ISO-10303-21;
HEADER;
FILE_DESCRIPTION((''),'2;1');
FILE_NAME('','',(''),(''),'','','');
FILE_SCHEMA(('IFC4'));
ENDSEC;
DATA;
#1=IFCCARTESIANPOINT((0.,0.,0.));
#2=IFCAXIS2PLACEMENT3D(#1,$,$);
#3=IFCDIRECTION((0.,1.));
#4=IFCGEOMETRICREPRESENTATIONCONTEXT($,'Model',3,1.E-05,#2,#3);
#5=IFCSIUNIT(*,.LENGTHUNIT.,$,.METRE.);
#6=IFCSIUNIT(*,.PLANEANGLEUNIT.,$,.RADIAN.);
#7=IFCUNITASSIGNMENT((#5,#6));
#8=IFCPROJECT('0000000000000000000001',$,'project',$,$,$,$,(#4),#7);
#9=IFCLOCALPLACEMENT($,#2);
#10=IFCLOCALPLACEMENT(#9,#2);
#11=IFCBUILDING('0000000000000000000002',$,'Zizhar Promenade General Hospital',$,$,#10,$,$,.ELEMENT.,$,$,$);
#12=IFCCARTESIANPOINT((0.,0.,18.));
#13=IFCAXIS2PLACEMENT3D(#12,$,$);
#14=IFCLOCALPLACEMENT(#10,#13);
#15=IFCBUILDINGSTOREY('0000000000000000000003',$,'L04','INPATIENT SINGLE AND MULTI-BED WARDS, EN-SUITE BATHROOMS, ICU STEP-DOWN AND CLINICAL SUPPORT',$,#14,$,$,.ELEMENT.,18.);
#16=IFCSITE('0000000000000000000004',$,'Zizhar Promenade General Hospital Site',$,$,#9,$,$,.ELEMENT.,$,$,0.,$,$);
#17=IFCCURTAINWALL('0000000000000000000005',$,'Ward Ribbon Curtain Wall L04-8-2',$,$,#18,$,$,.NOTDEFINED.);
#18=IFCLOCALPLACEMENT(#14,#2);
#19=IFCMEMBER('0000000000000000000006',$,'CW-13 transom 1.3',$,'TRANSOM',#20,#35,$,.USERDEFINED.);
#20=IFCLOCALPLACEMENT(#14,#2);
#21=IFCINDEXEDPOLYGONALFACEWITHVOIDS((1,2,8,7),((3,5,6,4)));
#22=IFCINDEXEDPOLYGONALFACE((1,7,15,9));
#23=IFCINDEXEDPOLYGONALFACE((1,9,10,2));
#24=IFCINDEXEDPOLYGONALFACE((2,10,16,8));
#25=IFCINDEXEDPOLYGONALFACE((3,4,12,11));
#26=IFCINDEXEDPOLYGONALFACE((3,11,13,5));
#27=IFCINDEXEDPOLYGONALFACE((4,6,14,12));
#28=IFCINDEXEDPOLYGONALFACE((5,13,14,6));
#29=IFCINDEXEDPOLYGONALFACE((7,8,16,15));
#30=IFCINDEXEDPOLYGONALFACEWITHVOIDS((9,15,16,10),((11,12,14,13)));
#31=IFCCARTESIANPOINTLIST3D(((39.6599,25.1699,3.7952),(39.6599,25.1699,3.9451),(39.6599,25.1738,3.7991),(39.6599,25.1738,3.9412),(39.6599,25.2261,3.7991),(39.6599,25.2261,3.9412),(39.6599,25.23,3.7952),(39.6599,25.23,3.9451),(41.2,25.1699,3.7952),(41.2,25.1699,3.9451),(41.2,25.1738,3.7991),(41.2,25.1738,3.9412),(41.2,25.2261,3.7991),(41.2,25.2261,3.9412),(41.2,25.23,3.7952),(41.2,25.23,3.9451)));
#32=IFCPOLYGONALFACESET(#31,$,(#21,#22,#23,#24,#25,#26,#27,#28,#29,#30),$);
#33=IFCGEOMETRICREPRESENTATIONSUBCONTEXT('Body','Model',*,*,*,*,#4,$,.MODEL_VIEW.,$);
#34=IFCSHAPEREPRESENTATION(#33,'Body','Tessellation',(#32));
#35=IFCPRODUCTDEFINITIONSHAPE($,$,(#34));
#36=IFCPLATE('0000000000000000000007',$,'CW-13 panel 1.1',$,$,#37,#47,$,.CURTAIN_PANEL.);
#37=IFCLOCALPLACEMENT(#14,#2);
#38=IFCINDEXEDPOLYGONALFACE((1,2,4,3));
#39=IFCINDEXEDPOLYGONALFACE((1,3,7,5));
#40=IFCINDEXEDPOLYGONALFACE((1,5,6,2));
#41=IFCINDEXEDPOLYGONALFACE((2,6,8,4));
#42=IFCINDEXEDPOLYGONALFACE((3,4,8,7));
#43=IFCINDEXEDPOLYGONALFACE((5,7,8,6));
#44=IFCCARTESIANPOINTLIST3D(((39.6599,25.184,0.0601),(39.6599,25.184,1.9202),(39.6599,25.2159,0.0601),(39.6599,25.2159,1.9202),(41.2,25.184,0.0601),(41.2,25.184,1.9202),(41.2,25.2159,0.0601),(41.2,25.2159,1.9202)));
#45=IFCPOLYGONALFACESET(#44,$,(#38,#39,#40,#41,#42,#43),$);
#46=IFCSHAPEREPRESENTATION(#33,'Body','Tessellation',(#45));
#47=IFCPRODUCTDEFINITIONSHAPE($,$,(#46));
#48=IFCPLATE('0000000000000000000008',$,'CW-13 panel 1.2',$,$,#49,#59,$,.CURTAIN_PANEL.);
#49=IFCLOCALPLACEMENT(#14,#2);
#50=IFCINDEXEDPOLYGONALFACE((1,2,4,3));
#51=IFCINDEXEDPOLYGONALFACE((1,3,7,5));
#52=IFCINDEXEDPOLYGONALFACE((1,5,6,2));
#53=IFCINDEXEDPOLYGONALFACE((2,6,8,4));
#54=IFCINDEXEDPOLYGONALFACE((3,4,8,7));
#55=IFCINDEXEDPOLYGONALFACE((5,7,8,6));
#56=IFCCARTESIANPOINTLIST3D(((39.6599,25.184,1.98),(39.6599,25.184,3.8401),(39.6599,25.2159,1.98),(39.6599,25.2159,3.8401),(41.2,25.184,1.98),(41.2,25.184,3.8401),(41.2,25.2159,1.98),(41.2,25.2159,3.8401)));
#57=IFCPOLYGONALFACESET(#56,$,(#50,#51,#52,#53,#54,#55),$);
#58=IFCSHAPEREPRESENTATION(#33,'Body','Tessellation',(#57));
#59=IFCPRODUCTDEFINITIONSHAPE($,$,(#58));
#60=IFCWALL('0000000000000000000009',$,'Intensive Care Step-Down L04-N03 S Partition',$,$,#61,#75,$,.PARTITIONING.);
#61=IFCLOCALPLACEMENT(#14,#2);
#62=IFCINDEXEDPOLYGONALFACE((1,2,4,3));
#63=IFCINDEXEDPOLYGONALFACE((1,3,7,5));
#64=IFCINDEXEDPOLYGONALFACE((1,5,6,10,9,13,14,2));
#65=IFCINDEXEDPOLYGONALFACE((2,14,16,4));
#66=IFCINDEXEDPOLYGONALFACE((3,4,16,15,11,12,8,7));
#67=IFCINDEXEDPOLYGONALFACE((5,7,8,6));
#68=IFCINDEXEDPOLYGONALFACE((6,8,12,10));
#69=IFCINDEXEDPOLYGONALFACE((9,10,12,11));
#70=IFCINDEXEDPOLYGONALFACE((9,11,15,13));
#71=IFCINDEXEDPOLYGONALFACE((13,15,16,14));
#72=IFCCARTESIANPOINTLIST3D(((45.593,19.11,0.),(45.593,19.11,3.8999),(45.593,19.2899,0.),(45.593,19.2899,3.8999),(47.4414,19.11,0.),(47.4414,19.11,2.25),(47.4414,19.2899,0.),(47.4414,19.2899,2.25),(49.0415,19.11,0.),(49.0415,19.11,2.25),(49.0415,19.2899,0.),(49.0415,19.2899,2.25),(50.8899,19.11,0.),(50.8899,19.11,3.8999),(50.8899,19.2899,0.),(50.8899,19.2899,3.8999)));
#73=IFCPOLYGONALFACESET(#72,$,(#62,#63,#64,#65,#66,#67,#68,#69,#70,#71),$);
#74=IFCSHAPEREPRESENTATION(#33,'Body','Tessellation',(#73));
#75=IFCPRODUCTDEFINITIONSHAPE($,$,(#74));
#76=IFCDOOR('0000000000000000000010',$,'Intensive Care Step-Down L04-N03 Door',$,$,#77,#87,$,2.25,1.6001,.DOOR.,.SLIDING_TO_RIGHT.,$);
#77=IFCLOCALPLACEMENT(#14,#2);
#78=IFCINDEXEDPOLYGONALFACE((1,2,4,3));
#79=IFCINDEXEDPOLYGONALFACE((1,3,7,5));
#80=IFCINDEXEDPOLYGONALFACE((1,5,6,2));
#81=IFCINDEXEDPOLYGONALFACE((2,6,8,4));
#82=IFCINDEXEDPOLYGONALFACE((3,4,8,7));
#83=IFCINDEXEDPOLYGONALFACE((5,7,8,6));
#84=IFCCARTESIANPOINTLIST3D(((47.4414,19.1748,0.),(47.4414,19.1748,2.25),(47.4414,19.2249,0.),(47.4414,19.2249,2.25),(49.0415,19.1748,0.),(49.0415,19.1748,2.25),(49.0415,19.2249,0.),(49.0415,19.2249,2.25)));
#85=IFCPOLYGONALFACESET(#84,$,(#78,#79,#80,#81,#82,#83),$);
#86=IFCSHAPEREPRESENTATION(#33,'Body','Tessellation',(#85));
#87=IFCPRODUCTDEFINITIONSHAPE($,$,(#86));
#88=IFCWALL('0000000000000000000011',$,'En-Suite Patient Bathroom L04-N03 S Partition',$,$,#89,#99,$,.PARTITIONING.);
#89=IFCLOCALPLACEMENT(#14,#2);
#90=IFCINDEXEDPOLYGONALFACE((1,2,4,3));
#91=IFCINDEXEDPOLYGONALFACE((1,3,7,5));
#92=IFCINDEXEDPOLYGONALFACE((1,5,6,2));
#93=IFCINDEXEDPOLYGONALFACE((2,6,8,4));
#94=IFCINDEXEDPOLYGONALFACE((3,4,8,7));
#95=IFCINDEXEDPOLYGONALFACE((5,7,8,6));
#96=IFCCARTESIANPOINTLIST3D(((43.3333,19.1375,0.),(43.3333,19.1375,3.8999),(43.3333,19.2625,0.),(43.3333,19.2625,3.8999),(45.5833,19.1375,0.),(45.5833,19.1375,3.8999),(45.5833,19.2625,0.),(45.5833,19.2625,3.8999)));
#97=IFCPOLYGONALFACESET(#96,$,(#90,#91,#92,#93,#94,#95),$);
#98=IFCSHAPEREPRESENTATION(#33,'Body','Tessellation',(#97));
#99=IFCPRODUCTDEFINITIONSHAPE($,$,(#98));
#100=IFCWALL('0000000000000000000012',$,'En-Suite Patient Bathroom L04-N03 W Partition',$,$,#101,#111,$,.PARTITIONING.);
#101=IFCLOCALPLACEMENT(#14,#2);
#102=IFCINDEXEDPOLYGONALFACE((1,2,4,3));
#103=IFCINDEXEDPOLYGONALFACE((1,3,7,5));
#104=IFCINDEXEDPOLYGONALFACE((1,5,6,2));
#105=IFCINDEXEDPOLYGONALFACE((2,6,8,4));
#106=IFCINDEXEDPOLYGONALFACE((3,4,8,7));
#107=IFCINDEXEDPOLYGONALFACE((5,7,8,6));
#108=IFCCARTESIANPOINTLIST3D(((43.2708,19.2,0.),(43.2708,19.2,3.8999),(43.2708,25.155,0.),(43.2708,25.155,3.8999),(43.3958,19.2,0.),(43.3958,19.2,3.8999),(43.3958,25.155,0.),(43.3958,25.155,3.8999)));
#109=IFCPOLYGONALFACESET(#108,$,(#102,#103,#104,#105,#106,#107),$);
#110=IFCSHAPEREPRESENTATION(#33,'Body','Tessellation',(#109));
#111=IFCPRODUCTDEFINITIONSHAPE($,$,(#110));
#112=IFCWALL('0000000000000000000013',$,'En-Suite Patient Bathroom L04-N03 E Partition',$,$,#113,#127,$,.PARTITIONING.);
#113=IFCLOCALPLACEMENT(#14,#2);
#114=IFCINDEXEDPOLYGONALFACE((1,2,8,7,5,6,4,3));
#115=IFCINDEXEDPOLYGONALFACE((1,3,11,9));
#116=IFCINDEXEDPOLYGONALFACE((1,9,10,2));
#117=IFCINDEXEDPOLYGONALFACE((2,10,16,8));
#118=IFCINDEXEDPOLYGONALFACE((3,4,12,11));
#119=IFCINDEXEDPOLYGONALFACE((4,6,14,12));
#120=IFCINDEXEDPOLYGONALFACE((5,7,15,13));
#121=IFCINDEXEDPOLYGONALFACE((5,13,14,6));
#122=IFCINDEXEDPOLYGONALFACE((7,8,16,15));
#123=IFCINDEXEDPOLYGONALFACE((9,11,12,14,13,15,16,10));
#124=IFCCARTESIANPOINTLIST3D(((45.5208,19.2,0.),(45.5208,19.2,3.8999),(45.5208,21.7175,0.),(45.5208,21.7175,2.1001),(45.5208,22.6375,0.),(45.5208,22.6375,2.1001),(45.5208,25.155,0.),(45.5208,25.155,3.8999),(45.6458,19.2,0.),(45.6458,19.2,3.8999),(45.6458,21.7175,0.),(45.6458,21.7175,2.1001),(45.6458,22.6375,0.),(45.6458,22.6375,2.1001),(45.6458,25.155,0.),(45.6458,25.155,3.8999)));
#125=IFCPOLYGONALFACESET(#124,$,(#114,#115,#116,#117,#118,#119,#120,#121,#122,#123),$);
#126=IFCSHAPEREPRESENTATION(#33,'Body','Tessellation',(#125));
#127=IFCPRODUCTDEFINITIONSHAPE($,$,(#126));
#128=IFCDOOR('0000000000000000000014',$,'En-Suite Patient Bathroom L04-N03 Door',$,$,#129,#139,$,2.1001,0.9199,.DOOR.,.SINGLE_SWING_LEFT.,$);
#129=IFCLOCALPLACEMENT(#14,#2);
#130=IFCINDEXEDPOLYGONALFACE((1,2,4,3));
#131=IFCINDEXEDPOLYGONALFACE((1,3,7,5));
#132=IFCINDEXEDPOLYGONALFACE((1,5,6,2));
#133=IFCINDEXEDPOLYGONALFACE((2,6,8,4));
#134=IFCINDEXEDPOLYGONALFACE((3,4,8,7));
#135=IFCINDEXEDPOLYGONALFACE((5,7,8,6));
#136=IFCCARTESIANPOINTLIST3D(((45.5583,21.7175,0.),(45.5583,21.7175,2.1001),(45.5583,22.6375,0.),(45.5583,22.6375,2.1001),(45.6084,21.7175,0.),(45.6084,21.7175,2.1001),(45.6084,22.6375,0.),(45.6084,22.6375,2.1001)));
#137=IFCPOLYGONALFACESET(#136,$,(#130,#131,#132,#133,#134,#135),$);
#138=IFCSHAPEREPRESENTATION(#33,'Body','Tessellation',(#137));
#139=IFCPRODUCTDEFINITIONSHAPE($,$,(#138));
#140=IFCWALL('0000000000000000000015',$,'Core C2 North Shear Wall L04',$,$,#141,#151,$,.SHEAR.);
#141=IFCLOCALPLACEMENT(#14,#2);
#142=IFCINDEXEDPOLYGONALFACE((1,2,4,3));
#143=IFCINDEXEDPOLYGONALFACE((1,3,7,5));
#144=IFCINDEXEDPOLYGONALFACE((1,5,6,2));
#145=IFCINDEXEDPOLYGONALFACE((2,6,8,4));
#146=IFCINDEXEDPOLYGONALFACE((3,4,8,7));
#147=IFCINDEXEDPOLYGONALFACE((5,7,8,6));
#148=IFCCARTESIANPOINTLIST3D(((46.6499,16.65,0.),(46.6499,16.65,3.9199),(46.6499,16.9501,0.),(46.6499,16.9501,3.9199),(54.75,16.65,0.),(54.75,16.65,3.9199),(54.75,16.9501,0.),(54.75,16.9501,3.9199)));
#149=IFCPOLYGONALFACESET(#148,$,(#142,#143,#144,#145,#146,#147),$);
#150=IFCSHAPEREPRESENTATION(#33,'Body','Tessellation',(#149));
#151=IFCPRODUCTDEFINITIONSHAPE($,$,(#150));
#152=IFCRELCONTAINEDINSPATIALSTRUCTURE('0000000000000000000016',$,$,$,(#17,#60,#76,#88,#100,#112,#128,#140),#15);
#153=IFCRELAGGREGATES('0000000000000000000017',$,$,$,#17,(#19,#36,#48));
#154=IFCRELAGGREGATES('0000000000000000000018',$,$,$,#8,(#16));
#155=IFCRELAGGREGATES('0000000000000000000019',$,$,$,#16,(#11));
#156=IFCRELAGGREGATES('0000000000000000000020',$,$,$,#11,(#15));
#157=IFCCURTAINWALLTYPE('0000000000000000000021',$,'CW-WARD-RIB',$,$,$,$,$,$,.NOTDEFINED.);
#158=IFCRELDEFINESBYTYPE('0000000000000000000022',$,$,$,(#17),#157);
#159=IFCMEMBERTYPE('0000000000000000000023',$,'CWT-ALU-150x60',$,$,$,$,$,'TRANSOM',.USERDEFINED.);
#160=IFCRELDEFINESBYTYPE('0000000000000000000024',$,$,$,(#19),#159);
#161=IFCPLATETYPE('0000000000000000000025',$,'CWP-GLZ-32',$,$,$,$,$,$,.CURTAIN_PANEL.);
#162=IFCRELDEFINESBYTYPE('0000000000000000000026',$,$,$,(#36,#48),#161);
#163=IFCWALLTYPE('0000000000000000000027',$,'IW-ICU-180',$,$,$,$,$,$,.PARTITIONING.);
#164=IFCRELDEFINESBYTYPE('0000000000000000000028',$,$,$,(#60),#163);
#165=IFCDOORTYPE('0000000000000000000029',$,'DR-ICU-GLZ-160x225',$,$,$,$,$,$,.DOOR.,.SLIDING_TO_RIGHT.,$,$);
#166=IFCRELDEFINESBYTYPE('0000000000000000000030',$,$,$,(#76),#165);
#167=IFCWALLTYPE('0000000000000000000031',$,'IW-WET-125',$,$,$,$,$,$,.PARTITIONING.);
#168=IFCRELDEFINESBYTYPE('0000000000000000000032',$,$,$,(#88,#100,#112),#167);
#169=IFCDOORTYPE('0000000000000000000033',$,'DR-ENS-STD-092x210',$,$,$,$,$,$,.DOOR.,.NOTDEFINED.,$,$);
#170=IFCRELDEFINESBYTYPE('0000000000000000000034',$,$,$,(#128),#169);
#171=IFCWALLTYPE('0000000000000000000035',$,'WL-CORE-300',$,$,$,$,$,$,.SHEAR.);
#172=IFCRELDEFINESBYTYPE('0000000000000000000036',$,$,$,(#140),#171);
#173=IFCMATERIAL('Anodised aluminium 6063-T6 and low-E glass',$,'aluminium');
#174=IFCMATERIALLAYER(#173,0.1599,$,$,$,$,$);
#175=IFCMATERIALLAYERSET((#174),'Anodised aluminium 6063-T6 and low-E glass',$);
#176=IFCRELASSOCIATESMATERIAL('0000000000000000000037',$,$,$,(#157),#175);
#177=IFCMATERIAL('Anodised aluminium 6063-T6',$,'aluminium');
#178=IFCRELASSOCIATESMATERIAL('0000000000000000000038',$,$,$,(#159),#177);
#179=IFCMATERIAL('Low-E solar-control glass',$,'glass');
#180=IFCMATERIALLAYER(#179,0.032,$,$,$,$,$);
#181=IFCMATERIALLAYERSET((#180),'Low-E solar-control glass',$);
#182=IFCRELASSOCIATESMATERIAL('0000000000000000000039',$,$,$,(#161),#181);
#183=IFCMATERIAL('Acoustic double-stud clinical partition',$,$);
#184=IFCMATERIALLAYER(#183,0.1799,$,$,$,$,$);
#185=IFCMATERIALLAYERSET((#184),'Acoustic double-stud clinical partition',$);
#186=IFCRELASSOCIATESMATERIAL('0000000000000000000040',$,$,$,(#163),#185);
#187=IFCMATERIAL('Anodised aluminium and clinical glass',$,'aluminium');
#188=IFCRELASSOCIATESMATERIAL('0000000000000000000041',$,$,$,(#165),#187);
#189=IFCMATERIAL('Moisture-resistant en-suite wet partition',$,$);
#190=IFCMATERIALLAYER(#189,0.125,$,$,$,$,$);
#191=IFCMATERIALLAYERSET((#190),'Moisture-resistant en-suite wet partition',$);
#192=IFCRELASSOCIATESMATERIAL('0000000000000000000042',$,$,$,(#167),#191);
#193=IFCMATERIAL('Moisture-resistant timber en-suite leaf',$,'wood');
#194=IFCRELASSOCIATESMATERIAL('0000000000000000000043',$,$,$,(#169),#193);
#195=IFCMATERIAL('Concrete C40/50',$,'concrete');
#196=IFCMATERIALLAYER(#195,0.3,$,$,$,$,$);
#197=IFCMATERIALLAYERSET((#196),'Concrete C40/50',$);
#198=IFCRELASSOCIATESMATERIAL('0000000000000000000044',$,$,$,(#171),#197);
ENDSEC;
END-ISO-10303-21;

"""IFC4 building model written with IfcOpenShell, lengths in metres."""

from ifc_helpers import new_model, si_unit, direction, frame, frame_2d, origin, origin_2d, place, context, subcontext, project, spatial, rectangle, hollow_rectangle, extrude, material, layer, layer_set, material_profile, profile_set, type_object, element, fill, aggregate, save


model = new_model("IFC4")

# Units and contexts
model_context = context("Model", 3, precision=1e-05, world=origin(), true_north=direction((0.0, 1.0)))
body_context = subcontext(model_context, "Body", "Model", "MODEL_VIEW")
ifc_project = project(units=[si_unit("LENGTHUNIT", "METRE"), si_unit("PLANEANGLEUNIT", "RADIAN")], contexts=[model_context])

# Site, building, storey
site_placement = place(None, origin())
site = spatial("IfcSite", under=ifc_project, at=site_placement, Name="Zizhar Promenade General Hospital Site", CompositionType="ELEMENT", RefElevation=0.0)
building_placement = place(site_placement, origin())
building = spatial("IfcBuilding", under=site, at=building_placement, Name="Zizhar Promenade General Hospital", CompositionType="ELEMENT")
storey_placement = place(building_placement, frame((0.0, 0.0, 18.0)))
storey = spatial("IfcBuildingStorey", under=building, at=storey_placement, Name="L04", Description="INPATIENT SINGLE AND MULTI-BED WARDS, EN-SUITE BATHROOMS, ICU STEP-DOWN AND CLINICAL SUPPORT", CompositionType="ELEMENT", Elevation=18.0)

# Curtain wall, member, plates
ifc_material_1 = material(Name="Anodised aluminium 6063-T6 and low-E glass", Category="aluminium")
ifc_layer_1 = layer(ifc_material_1, 0.1599)
ifc_layer_set_1 = layer_set([ifc_layer_1], Name="Anodised aluminium 6063-T6 and low-E glass")
curtain_wall_type = type_object("IfcCurtainWallType", Name="CW-WARD-RIB", PredefinedType="NOTDEFINED", material=ifc_layer_set_1)
curtain_wall_placement = place(storey_placement, origin())
curtain_wall = element("IfcCurtainWall", 1, at=curtain_wall_placement, inside=storey, type_object=curtain_wall_type, Name="Ward Ribbon Curtain Wall L04-8-2", PredefinedType="NOTDEFINED")
ifc_material_2 = material(Name="Anodised aluminium 6063-T6", Category="aluminium")
ifc_material_profile_1 = material_profile(ifc_material_2, hollow_rectangle(XDim=0.0601, YDim=0.1499, WallThickness=0.0039, at=origin_2d()))
ifc_profile_set_1 = profile_set([ifc_material_profile_1], Name="Anodised aluminium 6063-T6")
member_type_1 = type_object("IfcMemberType", Name="CWT-ALU-150x60", ElementType="TRANSOM", PredefinedType="USERDEFINED", material=ifc_profile_set_1)
member_1_placement = place(storey_placement, frame((39.6599, 25.2, 3.8701), z_axis=(1.0, 0.0, 0.0), x_axis=(0.0, 1.0, 0.0)))
member_1 = element("IfcMember", 2, at=member_1_placement, type_object=member_type_1, Name="CW-13 transom 1.3", ObjectType="TRANSOM", PredefinedType="USERDEFINED", context=body_context, shape_type="SweptSolid", body=[
    extrude(hollow_rectangle(XDim=0.0601, YDim=0.1499, WallThickness=0.0039, at=origin_2d()), origin(), (0.0, 0.0, 1.0), 1.54),
])
ifc_material_3 = material(Name="Low-E solar-control glass", Category="glass")
ifc_layer_2 = layer(ifc_material_3, 0.032)
ifc_layer_set_2 = layer_set([ifc_layer_2], Name="Low-E solar-control glass")
plate_type = type_object("IfcPlateType", Name="CWP-GLZ-32", PredefinedType="CURTAIN_PANEL", material=ifc_layer_set_2)
plate_1_placement = place(storey_placement, frame((40.4299, 25.2, 0.0601), z_axis=(0.0, 0.0, 1.0), x_axis=(1.0, 0.0, 0.0)))
plate_1 = element("IfcPlate", 3, at=plate_1_placement, type_object=plate_type, Name="CW-13 panel 1.1", PredefinedType="CURTAIN_PANEL", context=body_context, shape_type="SweptSolid", body=[
    extrude(rectangle(XDim=1.54, YDim=0.032, at=origin_2d()), origin(), (0.0, 0.0, 1.0), 1.8601),
])
plate_2_placement = place(storey_placement, frame((40.4299, 25.2, 1.98), z_axis=(0.0, 0.0, 1.0), x_axis=(1.0, 0.0, 0.0)))
plate_2 = element("IfcPlate", 4, at=plate_2_placement, type_object=plate_type, Name="CW-13 panel 1.2", PredefinedType="CURTAIN_PANEL", context=body_context, shape_type="SweptSolid", body=[
    extrude(rectangle(XDim=1.54, YDim=0.032, at=origin_2d()), origin(), (0.0, 0.0, 1.0), 1.8601),
])
aggregate(curtain_wall, [member_1, plate_1, plate_2])

# Wall, opening, door
ifc_material_4 = material(Name="Acoustic double-stud clinical partition")
ifc_layer_3 = layer(ifc_material_4, 0.1799)
ifc_layer_set_3 = layer_set([ifc_layer_3], Name="Acoustic double-stud clinical partition")
wall_type_1 = type_object("IfcWallType", Name="IW-ICU-180", PredefinedType="PARTITIONING", material=ifc_layer_set_3)
wall_1_placement = place(storey_placement, frame((45.593, 19.2, 0.0), z_axis=(0.0, 0.0, 1.0), x_axis=(1.0, 0.0, 0.0)))
wall_1 = element("IfcWall", 5, at=wall_1_placement, inside=storey, type_object=wall_type_1, Name="Intensive Care Step-Down L04-N03 S Partition", PredefinedType="PARTITIONING", context=body_context, shape_type="SweptSolid", body=[
    extrude(rectangle(XDim=5.2969, YDim=0.1799, at=frame_2d((2.6484, 0.0))), origin(), (0.0, 0.0, 1.0), 3.8999),
])
opening_1_placement = place(wall_1_placement, frame((1.8484, 0.0, 0.0)))
opening_1 = element("IfcOpeningElement", 6, at=opening_1_placement, cuts=wall_1, PredefinedType="OPENING", context=body_context, shape_type="SweptSolid", body=[
    extrude(rectangle(XDim=1.6001, YDim=2.25, at=frame_2d((0.8, 1.125))), frame((0.0, 0.1001, 0.0), z_axis=(0.0, -1.0, 0.0), x_axis=(1.0, 0.0, 0.0)), (0.0, 0.0, 1.0), 0.2),
])
ifc_material_5 = material(Name="Anodised aluminium and clinical glass", Category="aluminium")
door_type_1 = type_object("IfcDoorType", Name="DR-ICU-GLZ-160x225", OperationType="SLIDING_TO_RIGHT", PredefinedType="DOOR", material=ifc_material_5)
door_1_placement = place(opening_1_placement, origin())
door_1 = element("IfcDoor", 7, at=door_1_placement, inside=storey, type_object=door_type_1, Name="Intensive Care Step-Down L04-N03 Door", OperationType="SLIDING_TO_RIGHT", OverallHeight=2.25, OverallWidth=1.6001, PredefinedType="DOOR", context=body_context, shape_type="SweptSolid", body=[
    extrude(rectangle(XDim=1.6001, YDim=2.25, at=frame_2d((0.8, 1.125))), frame((0.0, 0.0249, 0.0), z_axis=(0.0, -1.0, 0.0), x_axis=(1.0, 0.0, 0.0)), (0.0, 0.0, 1.0), 0.05),
])
fill(opening_1, door_1)

# Walls
ifc_material_6 = material(Name="Moisture-resistant en-suite wet partition")
ifc_layer_4 = layer(ifc_material_6, 0.125)
ifc_layer_set_4 = layer_set([ifc_layer_4], Name="Moisture-resistant en-suite wet partition")
wall_type_2 = type_object("IfcWallType", Name="IW-WET-125", PredefinedType="PARTITIONING", material=ifc_layer_set_4)
wall_2_placement = place(storey_placement, frame((43.3333, 19.2, 0.0), z_axis=(0.0, 0.0, 1.0), x_axis=(1.0, 0.0, 0.0)))
element("IfcWall", 8, at=wall_2_placement, inside=storey, type_object=wall_type_2, Name="En-Suite Patient Bathroom L04-N03 S Partition", PredefinedType="PARTITIONING", context=body_context, shape_type="SweptSolid", body=[
    extrude(rectangle(XDim=2.25, YDim=0.125, at=frame_2d((1.125, 0.0))), origin(), (0.0, 0.0, 1.0), 3.8999),
])
wall_3_placement = place(storey_placement, frame((43.3333, 19.2, 0.0), z_axis=(0.0, 0.0, 1.0), x_axis=(0.0, 1.0, 0.0)))
element("IfcWall", 9, at=wall_3_placement, inside=storey, type_object=wall_type_2, Name="En-Suite Patient Bathroom L04-N03 W Partition", PredefinedType="PARTITIONING", context=body_context, shape_type="SweptSolid", body=[
    extrude(rectangle(XDim=5.9551, YDim=0.125, at=frame_2d((2.9775, 0.0))), origin(), (0.0, 0.0, 1.0), 3.8999),
])

# Wall, opening, door
wall_4_placement = place(storey_placement, frame((45.5833, 19.2, 0.0), z_axis=(0.0, 0.0, 1.0), x_axis=(0.0, 1.0, 0.0)))
wall_4 = element("IfcWall", 10, at=wall_4_placement, inside=storey, type_object=wall_type_2, Name="En-Suite Patient Bathroom L04-N03 E Partition", PredefinedType="PARTITIONING", context=body_context, shape_type="SweptSolid", body=[
    extrude(rectangle(XDim=5.9551, YDim=0.125, at=frame_2d((2.9775, 0.0))), origin(), (0.0, 0.0, 1.0), 3.8999),
])
opening_2_placement = place(wall_4_placement, frame((2.5176, 0.0, 0.0)))
opening_2 = element("IfcOpeningElement", 11, at=opening_2_placement, cuts=wall_4, PredefinedType="OPENING", context=body_context, shape_type="SweptSolid", body=[
    extrude(rectangle(XDim=0.9199, YDim=2.1001, at=frame_2d((0.46, 1.05))), frame((0.0, 0.0725, 0.0), z_axis=(0.0, -1.0, 0.0), x_axis=(1.0, 0.0, 0.0)), (0.0, 0.0, 1.0), 0.145),
])
ifc_material_7 = material(Name="Moisture-resistant timber en-suite leaf", Category="wood")
door_type_2 = type_object("IfcDoorType", Name="DR-ENS-STD-092x210", OperationType="NOTDEFINED", PredefinedType="DOOR", material=ifc_material_7)
door_2_placement = place(opening_2_placement, origin())
door_2 = element("IfcDoor", 12, at=door_2_placement, inside=storey, type_object=door_type_2, Name="En-Suite Patient Bathroom L04-N03 Door", OperationType="SINGLE_SWING_LEFT", OverallHeight=2.1001, OverallWidth=0.9199, PredefinedType="DOOR", context=body_context, shape_type="SweptSolid", body=[
    extrude(rectangle(XDim=0.9199, YDim=2.1001, at=frame_2d((0.46, 1.05))), frame((0.0, 0.0249, 0.0), z_axis=(0.0, -1.0, 0.0), x_axis=(1.0, 0.0, 0.0)), (0.0, 0.0, 1.0), 0.05),
])
fill(opening_2, door_2)

# Wall
ifc_material_8 = material(Name="Concrete C40/50", Category="concrete")
ifc_layer_5 = layer(ifc_material_8, 0.3)
ifc_layer_set_5 = layer_set([ifc_layer_5], Name="Concrete C40/50")
wall_type_3 = type_object("IfcWallType", Name="WL-CORE-300", PredefinedType="SHEAR", material=ifc_layer_set_5)
wall_5_placement = place(storey_placement, frame((46.6499, 16.8, 0.0), z_axis=(0.0, 0.0, 1.0), x_axis=(1.0, 0.0, 0.0)))
element("IfcWall", 13, at=wall_5_placement, inside=storey, type_object=wall_type_3, Name="Core C2 North Shear Wall L04", PredefinedType="SHEAR", context=body_context, shape_type="SweptSolid", body=[
    extrude(rectangle(XDim=8.1001, YDim=0.3, at=frame_2d((4.05, 0.0))), origin(), (0.0, 0.0, 1.0), 3.9199),
])

save(model, "model.ifc")
